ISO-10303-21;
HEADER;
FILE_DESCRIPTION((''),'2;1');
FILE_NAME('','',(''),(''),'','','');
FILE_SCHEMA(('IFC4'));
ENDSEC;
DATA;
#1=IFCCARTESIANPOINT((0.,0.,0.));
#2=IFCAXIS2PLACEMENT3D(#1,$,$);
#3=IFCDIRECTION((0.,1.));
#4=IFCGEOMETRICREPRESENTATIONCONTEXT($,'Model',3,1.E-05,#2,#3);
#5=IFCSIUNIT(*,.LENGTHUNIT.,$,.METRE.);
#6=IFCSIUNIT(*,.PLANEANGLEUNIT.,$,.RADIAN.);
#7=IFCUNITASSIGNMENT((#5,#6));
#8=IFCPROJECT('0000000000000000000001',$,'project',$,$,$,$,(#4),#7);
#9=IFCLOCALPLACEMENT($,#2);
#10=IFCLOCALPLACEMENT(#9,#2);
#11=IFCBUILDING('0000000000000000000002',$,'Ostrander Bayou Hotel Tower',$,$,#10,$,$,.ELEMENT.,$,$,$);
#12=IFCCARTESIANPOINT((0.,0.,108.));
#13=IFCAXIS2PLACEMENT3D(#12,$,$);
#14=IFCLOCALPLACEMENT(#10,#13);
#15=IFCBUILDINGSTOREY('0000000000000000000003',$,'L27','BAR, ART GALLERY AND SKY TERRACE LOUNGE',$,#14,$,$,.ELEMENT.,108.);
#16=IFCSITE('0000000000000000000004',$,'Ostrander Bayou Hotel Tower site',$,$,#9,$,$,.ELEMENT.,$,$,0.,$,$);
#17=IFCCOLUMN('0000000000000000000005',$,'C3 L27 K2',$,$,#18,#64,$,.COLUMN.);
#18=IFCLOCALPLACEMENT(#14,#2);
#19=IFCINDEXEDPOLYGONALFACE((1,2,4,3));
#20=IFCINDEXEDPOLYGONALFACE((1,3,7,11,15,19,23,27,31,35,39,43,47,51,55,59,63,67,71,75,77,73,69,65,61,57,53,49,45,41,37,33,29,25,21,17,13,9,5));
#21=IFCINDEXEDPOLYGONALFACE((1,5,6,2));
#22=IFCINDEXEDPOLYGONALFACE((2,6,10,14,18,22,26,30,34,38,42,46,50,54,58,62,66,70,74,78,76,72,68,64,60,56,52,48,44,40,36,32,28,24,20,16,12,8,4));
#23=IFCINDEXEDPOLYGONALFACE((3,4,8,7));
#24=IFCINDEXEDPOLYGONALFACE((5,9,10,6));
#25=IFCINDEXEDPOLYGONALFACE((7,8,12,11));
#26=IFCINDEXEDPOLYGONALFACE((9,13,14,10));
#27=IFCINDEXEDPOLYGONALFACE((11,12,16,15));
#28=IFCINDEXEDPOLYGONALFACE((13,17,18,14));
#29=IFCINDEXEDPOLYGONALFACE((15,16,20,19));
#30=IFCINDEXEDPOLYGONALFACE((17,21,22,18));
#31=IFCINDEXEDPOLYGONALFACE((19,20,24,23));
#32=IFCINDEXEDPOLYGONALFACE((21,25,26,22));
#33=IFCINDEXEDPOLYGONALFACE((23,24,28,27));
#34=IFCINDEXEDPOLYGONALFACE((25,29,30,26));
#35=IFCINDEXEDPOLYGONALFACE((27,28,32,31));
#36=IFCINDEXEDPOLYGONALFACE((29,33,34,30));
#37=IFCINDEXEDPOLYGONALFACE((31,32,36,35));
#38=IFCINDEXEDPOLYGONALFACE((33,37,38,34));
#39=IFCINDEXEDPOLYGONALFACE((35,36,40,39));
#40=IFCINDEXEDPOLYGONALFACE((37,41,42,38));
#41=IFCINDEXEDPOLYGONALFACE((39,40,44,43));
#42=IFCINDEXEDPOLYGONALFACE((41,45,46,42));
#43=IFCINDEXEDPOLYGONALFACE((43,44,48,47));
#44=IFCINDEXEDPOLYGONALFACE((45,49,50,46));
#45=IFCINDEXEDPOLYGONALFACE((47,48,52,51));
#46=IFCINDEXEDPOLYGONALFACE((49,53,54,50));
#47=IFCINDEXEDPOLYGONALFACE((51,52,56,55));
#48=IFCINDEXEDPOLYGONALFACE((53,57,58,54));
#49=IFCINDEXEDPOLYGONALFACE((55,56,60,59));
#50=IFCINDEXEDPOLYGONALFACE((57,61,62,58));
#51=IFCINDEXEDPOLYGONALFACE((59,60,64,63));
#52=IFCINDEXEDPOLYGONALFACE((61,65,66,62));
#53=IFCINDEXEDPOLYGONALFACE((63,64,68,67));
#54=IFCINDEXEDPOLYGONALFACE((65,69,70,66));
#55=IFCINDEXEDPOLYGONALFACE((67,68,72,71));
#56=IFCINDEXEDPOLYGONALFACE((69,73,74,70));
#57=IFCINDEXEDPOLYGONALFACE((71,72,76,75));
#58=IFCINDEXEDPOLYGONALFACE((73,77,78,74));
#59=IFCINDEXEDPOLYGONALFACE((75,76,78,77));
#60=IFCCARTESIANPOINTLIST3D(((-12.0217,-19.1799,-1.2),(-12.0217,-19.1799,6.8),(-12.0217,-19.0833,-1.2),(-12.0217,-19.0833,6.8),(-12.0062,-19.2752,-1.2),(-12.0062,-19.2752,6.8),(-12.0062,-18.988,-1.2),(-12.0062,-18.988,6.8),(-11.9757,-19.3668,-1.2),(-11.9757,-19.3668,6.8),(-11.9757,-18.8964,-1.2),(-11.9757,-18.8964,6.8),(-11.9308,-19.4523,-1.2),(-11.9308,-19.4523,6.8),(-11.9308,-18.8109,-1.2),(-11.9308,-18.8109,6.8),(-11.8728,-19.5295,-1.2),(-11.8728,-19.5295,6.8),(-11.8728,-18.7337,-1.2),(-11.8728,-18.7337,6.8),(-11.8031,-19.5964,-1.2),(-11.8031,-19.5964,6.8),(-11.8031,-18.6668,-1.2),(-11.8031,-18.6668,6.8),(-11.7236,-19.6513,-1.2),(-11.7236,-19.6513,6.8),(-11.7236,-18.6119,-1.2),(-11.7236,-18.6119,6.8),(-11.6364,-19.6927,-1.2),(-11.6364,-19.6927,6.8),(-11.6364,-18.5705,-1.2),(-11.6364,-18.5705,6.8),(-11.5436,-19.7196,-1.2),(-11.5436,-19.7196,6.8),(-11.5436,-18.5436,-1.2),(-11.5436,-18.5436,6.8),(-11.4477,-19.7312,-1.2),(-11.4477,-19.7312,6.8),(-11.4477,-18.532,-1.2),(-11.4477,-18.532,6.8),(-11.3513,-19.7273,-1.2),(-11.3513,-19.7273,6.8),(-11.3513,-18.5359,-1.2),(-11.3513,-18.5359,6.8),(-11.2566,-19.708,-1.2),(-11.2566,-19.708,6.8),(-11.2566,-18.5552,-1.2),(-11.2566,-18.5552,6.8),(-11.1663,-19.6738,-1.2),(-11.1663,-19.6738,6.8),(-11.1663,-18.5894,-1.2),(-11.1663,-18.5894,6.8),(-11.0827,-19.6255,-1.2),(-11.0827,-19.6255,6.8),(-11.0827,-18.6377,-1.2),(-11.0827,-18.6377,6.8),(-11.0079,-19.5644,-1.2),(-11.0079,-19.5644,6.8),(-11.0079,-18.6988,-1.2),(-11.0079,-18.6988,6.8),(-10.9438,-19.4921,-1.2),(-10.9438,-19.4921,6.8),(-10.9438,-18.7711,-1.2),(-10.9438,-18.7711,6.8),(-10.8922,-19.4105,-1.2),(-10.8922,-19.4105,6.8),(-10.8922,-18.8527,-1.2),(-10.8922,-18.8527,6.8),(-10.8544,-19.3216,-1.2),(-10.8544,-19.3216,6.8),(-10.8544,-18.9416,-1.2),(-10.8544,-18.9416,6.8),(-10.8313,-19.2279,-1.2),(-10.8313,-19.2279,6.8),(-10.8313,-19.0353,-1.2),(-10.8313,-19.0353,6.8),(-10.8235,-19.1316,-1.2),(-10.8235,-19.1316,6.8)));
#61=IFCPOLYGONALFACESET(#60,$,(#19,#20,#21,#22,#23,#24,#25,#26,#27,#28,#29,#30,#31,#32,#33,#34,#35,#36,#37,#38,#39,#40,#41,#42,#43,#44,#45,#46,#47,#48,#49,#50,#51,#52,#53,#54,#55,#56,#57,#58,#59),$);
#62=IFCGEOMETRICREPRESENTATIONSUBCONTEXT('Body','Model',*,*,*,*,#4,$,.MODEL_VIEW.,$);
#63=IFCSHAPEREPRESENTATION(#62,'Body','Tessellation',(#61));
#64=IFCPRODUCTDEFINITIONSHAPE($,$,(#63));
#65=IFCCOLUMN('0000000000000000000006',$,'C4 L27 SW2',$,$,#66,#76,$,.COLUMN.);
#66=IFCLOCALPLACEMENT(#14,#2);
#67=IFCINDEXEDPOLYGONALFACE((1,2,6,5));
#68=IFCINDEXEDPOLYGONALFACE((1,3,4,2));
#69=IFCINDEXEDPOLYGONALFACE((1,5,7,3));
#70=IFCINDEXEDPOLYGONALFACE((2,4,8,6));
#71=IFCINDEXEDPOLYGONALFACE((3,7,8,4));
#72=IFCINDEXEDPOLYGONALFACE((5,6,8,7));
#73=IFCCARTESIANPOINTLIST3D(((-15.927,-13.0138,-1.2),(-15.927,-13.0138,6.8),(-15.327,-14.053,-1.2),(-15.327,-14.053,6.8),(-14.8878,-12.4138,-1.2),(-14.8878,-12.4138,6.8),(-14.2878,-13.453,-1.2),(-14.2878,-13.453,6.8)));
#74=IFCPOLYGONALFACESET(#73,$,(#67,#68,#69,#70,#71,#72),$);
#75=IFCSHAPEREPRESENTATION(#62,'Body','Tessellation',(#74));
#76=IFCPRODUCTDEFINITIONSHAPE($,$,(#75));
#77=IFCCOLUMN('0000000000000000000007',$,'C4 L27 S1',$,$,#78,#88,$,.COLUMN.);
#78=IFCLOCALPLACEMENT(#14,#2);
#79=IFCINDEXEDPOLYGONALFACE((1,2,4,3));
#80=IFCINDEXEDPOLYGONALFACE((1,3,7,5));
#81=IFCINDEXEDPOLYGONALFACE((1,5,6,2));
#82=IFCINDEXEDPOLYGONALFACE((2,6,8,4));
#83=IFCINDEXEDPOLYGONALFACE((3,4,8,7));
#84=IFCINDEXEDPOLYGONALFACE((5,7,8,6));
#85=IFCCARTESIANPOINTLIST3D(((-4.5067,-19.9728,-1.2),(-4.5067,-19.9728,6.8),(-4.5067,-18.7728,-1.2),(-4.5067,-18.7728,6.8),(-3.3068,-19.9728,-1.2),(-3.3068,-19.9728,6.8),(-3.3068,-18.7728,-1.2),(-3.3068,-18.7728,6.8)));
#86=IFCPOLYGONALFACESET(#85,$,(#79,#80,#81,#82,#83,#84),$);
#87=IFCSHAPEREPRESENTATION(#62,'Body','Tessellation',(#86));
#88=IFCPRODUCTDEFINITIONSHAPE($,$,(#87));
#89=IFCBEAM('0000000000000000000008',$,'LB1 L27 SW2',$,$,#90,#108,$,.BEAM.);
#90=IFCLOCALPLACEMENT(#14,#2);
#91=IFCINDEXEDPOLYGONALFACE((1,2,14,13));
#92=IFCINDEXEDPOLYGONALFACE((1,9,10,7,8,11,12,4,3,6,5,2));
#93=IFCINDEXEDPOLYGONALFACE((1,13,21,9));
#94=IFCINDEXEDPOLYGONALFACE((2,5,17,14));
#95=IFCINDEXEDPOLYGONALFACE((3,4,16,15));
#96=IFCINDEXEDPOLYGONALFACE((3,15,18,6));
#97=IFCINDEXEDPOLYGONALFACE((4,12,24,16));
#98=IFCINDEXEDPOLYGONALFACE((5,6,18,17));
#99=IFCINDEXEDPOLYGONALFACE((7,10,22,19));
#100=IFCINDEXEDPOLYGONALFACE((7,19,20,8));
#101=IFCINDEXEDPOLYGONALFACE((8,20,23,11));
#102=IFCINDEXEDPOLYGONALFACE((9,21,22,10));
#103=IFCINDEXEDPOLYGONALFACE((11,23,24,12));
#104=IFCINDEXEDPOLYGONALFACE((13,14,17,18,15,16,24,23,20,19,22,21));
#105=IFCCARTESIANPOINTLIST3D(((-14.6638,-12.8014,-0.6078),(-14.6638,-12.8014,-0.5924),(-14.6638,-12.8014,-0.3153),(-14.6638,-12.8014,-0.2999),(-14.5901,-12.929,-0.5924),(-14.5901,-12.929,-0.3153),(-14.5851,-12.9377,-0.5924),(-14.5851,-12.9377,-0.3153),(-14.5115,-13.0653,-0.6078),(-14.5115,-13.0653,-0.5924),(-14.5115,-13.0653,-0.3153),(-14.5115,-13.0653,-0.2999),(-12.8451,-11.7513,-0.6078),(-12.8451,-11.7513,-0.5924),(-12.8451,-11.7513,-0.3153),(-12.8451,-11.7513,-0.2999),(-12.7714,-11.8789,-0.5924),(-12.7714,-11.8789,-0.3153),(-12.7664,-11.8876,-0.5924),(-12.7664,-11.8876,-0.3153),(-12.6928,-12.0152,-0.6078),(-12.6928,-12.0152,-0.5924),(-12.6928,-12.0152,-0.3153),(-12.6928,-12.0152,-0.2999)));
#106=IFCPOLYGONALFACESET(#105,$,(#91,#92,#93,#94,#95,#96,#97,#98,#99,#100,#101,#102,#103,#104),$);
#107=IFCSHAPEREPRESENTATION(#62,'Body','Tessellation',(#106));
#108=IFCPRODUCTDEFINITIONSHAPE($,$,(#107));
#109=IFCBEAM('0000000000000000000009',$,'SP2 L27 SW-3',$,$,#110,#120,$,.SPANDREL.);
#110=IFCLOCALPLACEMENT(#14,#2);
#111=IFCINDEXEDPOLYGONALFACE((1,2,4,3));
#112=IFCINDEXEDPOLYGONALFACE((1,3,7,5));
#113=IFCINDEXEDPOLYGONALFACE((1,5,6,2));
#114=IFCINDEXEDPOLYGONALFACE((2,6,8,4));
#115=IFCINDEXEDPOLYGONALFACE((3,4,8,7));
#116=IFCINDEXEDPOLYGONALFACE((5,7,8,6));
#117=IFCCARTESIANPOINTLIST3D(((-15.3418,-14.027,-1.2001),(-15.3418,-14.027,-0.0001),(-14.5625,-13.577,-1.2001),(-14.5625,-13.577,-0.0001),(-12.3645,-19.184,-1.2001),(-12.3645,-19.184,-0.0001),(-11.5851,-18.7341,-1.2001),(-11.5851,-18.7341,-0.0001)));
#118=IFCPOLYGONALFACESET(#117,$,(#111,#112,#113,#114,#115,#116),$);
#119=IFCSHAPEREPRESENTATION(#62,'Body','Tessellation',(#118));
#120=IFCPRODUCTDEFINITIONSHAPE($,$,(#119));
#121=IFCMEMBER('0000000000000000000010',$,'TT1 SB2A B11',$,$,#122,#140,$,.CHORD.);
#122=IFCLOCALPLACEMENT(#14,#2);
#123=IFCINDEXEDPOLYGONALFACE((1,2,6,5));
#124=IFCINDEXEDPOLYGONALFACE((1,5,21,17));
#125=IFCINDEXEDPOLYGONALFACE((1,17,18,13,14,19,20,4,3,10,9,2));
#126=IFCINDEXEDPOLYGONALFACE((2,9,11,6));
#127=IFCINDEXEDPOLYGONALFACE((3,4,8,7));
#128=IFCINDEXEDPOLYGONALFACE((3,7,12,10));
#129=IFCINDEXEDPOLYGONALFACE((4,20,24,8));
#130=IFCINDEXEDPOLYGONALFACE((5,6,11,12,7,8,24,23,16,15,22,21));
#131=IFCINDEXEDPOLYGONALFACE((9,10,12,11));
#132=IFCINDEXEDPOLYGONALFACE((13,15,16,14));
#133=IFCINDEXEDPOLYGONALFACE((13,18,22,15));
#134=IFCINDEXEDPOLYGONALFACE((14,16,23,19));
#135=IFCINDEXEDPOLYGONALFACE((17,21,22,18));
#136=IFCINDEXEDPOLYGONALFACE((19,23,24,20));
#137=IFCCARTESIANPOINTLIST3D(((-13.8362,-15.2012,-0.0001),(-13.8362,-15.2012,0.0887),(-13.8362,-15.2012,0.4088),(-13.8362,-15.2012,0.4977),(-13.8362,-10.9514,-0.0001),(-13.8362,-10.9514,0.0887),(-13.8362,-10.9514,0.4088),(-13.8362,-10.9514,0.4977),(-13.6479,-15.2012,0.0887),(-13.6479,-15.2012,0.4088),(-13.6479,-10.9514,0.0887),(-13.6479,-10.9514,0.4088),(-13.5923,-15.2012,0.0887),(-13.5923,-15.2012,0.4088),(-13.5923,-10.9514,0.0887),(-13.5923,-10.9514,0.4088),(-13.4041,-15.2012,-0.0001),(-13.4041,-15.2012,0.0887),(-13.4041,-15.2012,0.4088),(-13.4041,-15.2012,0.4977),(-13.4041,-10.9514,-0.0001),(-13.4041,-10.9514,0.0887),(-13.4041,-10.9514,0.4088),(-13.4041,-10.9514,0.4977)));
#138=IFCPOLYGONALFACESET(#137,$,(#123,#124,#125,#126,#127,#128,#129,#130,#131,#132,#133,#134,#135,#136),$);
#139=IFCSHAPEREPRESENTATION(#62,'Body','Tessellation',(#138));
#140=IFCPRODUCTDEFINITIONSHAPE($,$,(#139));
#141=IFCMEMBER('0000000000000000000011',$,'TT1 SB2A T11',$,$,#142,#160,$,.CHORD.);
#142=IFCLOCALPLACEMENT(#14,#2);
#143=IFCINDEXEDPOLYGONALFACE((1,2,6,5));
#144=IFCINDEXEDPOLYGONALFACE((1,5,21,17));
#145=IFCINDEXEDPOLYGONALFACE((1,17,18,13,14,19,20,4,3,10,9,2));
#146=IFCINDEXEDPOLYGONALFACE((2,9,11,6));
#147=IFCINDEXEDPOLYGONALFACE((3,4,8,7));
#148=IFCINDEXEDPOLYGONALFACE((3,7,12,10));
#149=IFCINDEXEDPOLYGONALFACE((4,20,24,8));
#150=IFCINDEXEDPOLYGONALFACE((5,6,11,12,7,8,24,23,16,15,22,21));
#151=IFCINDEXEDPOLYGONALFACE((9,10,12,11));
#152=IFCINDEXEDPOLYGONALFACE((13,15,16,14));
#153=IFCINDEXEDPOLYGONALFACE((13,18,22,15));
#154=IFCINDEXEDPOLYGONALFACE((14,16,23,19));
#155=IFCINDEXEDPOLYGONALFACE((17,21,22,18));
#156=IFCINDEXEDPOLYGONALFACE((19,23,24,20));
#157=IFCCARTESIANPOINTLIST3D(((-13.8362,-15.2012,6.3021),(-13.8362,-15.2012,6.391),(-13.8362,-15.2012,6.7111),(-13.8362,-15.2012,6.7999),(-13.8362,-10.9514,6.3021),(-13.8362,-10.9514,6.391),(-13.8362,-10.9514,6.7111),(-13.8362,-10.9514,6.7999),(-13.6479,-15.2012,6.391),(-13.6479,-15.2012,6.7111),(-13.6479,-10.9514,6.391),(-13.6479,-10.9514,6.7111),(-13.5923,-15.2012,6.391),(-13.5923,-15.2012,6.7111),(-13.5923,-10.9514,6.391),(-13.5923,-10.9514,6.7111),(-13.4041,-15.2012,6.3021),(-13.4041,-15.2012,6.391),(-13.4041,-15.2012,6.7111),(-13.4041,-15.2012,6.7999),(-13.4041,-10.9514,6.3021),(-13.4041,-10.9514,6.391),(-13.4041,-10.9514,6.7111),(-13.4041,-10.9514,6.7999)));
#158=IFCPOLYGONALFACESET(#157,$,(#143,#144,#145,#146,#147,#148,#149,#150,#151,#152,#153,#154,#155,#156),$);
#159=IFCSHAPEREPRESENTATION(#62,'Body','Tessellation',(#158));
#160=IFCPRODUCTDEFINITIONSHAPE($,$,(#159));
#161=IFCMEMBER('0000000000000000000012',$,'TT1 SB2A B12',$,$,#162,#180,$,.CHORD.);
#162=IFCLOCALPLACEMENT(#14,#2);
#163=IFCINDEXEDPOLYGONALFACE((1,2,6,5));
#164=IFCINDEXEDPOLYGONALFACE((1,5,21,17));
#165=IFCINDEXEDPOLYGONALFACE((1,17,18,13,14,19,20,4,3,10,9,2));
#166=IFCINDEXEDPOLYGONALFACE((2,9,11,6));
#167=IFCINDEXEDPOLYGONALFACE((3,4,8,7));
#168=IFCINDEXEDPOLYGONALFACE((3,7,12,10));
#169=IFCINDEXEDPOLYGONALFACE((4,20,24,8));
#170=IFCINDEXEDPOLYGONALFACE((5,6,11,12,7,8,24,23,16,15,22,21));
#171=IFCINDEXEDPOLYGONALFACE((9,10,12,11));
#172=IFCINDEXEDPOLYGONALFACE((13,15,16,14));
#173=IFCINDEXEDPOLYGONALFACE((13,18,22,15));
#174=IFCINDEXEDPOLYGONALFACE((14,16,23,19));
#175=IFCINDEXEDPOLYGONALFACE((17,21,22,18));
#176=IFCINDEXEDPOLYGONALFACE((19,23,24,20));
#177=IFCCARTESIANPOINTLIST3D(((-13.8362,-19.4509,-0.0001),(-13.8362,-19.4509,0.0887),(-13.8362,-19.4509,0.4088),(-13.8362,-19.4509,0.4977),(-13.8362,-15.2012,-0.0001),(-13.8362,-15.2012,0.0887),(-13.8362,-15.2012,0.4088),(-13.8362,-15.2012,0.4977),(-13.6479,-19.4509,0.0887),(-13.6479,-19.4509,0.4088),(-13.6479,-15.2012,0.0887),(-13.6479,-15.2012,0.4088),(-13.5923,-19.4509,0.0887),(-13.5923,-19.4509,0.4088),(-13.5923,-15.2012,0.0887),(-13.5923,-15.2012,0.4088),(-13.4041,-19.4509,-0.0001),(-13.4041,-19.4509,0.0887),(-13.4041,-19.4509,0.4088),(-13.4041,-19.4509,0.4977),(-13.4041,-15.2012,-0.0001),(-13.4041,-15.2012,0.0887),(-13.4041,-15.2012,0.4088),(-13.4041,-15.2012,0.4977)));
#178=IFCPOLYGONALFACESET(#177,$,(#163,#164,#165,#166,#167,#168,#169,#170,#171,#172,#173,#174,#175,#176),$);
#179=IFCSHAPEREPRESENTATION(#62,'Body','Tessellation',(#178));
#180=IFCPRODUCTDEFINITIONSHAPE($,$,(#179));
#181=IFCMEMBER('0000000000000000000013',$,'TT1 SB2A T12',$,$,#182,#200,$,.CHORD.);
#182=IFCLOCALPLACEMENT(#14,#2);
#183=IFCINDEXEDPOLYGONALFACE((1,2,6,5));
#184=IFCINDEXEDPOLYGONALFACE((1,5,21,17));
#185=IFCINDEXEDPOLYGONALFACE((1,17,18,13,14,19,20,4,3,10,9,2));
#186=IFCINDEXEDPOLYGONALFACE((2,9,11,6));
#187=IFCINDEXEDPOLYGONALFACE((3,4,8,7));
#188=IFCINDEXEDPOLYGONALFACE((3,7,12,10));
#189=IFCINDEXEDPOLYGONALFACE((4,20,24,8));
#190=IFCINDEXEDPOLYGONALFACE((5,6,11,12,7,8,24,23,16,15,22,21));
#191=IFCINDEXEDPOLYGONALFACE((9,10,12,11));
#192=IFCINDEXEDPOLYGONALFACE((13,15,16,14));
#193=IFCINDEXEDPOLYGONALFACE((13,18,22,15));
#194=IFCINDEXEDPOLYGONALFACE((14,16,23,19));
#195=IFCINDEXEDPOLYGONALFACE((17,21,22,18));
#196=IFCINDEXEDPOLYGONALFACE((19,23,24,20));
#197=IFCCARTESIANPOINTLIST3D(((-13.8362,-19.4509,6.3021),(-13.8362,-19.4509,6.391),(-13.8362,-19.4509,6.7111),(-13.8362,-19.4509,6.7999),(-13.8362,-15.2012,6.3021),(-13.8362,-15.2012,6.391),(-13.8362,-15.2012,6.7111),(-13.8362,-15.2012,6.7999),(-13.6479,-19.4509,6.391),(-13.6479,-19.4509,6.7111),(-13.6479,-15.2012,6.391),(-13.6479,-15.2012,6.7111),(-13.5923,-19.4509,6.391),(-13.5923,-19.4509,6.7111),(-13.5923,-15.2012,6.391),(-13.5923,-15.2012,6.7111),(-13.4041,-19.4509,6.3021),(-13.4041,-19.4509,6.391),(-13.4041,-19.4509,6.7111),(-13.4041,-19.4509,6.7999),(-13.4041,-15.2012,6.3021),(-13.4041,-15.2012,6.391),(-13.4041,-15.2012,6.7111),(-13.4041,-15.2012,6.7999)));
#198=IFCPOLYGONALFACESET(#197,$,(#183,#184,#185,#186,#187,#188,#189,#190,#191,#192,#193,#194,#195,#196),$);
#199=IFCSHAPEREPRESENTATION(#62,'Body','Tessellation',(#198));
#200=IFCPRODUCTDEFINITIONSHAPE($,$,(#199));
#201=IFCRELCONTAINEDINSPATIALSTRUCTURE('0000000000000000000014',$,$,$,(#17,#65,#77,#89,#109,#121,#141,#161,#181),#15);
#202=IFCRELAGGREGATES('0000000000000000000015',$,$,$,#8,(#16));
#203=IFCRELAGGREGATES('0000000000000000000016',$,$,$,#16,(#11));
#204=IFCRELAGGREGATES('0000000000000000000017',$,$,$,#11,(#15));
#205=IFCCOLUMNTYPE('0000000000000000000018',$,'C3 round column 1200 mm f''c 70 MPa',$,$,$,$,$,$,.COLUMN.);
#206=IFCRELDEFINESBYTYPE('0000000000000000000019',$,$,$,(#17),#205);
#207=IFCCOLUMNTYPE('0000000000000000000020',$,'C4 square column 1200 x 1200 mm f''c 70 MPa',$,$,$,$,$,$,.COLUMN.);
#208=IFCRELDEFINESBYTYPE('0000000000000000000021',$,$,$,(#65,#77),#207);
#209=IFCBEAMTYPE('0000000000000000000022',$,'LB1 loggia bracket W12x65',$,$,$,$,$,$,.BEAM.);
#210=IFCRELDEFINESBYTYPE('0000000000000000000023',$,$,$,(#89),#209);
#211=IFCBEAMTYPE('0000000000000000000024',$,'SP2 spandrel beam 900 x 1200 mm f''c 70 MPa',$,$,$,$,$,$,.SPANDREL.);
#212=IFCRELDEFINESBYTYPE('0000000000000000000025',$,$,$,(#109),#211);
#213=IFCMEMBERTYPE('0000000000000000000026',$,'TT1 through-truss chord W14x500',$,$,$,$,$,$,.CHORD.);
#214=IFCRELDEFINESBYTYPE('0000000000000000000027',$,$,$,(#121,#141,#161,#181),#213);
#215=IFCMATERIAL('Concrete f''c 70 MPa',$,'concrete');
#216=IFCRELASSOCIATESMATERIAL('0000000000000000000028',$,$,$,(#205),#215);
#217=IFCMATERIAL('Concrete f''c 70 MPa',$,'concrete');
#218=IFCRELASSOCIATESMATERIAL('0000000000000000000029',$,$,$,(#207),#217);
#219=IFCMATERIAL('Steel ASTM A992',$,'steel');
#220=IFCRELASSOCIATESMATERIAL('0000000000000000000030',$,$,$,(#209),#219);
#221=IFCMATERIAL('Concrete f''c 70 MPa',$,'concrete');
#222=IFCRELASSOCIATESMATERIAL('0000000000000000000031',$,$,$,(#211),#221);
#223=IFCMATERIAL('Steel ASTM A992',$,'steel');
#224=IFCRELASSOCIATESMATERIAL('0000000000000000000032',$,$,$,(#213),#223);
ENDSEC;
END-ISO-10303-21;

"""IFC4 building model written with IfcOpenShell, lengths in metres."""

from ifc_helpers import new_model, si_unit, direction, frame, origin, origin_2d, place, context, subcontext, project, spatial, rectangle, circle, i_section, extrude, material, material_profile, profile_set, type_object, element, save


model = new_model("IFC4")

# Units and contexts
model_context = context("Model", 3, precision=1e-05, world=origin(), true_north=direction((0.0, 1.0)))
body_context = subcontext(model_context, "Body", "Model", "MODEL_VIEW")
ifc_project = project(units=[si_unit("LENGTHUNIT", "METRE"), si_unit("PLANEANGLEUNIT", "RADIAN")], contexts=[model_context])

# Site, building, storey
site_placement = place(None, origin())
site = spatial("IfcSite", under=ifc_project, at=site_placement, Name="Ostrander Bayou Hotel Tower site", CompositionType="ELEMENT", RefElevation=0.0)
building_placement = place(site_placement, origin())
building = spatial("IfcBuilding", under=site, at=building_placement, Name="Ostrander Bayou Hotel Tower", CompositionType="ELEMENT")
storey_placement = place(building_placement, frame((0.0, 0.0, 108.0)))
storey = spatial("IfcBuildingStorey", under=building, at=storey_placement, Name="L27", Description="BAR, ART GALLERY AND SKY TERRACE LOUNGE", CompositionType="ELEMENT", Elevation=108.0)

# Columns
ifc_material_1 = material(Name="Concrete f'c 70 MPa", Category="concrete")
ifc_material_profile_1 = material_profile(ifc_material_1, circle(Radius=0.6001, at=origin_2d()))
ifc_profile_set_1 = profile_set([ifc_material_profile_1], Name="Concrete f'c 70 MPa")
column_type_1 = type_object("IfcColumnType", Name="C3 round column 1200 mm f'c 70 MPa", PredefinedType="COLUMN", material=ifc_profile_set_1)
column_placement = place(storey_placement, frame((-11.4236, -19.1316, -1.2), z_axis=(0.0, 0.0, 1.0), x_axis=(1.0, 0.0, 0.0)))
element("IfcColumn", 1, at=column_placement, inside=storey, type_object=column_type_1, Name="C3 L27 K2", PredefinedType="COLUMN", context=body_context, shape_type="SweptSolid", body=[
    extrude(circle(Radius=0.6001, at=origin_2d()), origin(), (0.0, 0.0, 1.0), 8.0),
])
ifc_material_2 = material(Name="Concrete f'c 70 MPa", Category="concrete")
ifc_material_profile_2 = material_profile(ifc_material_2, rectangle(XDim=1.2, YDim=1.2, at=origin_2d()))
ifc_profile_set_2 = profile_set([ifc_material_profile_2], Name="Concrete f'c 70 MPa")
column_type_2 = type_object("IfcColumnType", Name="C4 square column 1200 x 1200 mm f'c 70 MPa", PredefinedType="COLUMN", material=ifc_profile_set_2)
for number, where, z_axis, x_axis, name in (
    (2, (-15.1074, -13.2334, -1.2), (0.0, 0.0, 1.0), (-0.5, 0.866025, 0.0), "C4 L27 SW2"),
    (3, (-3.9067, -19.3728, -1.2), (0.0, 0.0, 1.0), (-1.0, 0.0, 0.0), "C4 L27 S1"),
):
    element("IfcColumn", number, at=place(storey_placement, frame(where, z_axis=z_axis, x_axis=x_axis)), inside=storey, type_object=column_type_2, Name=name, PredefinedType="COLUMN", context=body_context, shape_type="SweptSolid", body=[
        extrude(rectangle(XDim=1.2, YDim=1.2, at=origin_2d()), origin(), (0.0, 0.0, 1.0), 8.0),
    ])

# Beams
ifc_material_3 = material(Name="Steel ASTM A992", Category="steel")
ifc_material_profile_3 = material_profile(ifc_material_3, i_section(OverallWidth=0.3047, OverallDepth=0.3079, WebThickness=0.01, FlangeThickness=0.0154, at=origin_2d()))
ifc_profile_set_3 = profile_set([ifc_material_profile_3], Name="Steel ASTM A992")
beam_type_1 = type_object("IfcBeamType", Name="LB1 loggia bracket W12x65", PredefinedType="BEAM", material=ifc_profile_set_3)
beam_1_placement = place(storey_placement, frame((-14.5876, -12.9333, -0.4539), z_axis=(0.866009, 0.500028, 0.0), x_axis=(-0.500028, 0.866009, 0.0)))
element("IfcBeam", 4, at=beam_1_placement, inside=storey, type_object=beam_type_1, Name="LB1 L27 SW2", PredefinedType="BEAM", context=body_context, shape_type="SweptSolid", body=[
    extrude(i_section(OverallWidth=0.3047, OverallDepth=0.3079, WebThickness=0.01, FlangeThickness=0.0154, at=origin_2d()), origin(), (0.0, 0.0, 1.0), 2.1001),
])
ifc_material_4 = material(Name="Concrete f'c 70 MPa", Category="concrete")
ifc_material_profile_4 = material_profile(ifc_material_4, rectangle(XDim=0.8999, YDim=1.2, at=origin_2d()))
ifc_profile_set_4 = profile_set([ifc_material_profile_4], Name="Concrete f'c 70 MPa")
beam_type_2 = type_object("IfcBeamType", Name="SP2 spandrel beam 900 x 1200 mm f'c 70 MPa", PredefinedType="SPANDREL", material=ifc_profile_set_4)
beam_2_placement = place(storey_placement, frame((-14.9521, -13.802, -0.6001), z_axis=(0.499989, -0.866032, 0.0), x_axis=(0.866032, 0.499989, 0.0)))
element("IfcBeam", 5, at=beam_2_placement, inside=storey, type_object=beam_type_2, Name="SP2 L27 SW-3", PredefinedType="SPANDREL", context=body_context, shape_type="SweptSolid", body=[
    extrude(rectangle(XDim=0.8999, YDim=1.2, at=origin_2d()), origin(), (0.0, 0.0, 1.0), 5.9548),
])

# Members
ifc_material_5 = material(Name="Steel ASTM A992", Category="steel")
ifc_material_profile_5 = material_profile(ifc_material_5, i_section(OverallWidth=0.4321, OverallDepth=0.4978, WebThickness=0.0557, FlangeThickness=0.0889, at=origin_2d()))
ifc_profile_set_5 = profile_set([ifc_material_profile_5], Name="Steel ASTM A992")
member_type_1 = type_object("IfcMemberType", Name="TT1 through-truss chord W14x500", PredefinedType="CHORD", material=ifc_profile_set_5)
for number, where, z_axis, x_axis, name in (
    (6, (-13.6201, -10.9514, 0.2488), (0.0, -1.0, 0.0), (1.0, 0.0, 0.0), "TT1 SB2A B11"),
    (7, (-13.6201, -10.9514, 6.551), (0.0, -1.0, 0.0), (1.0, 0.0, 0.0), "TT1 SB2A T11"),
    (8, (-13.6201, -15.2012, 0.2488), (0.0, -1.0, 0.0), (1.0, 0.0, 0.0), "TT1 SB2A B12"),
    (9, (-13.6201, -15.2012, 6.551), (0.0, -1.0, 0.0), (1.0, 0.0, 0.0), "TT1 SB2A T12"),
):
    element("IfcMember", number, at=place(storey_placement, frame(where, z_axis=z_axis, x_axis=x_axis)), inside=storey, type_object=member_type_1, Name=name, PredefinedType="CHORD", context=body_context, shape_type="SweptSolid", body=[
        extrude(i_section(OverallWidth=0.4321, OverallDepth=0.4978, WebThickness=0.0557, FlangeThickness=0.0889, at=origin_2d()), origin(), (0.0, 0.0, 1.0), 4.2498),
    ])

save(model, "model.ifc")
